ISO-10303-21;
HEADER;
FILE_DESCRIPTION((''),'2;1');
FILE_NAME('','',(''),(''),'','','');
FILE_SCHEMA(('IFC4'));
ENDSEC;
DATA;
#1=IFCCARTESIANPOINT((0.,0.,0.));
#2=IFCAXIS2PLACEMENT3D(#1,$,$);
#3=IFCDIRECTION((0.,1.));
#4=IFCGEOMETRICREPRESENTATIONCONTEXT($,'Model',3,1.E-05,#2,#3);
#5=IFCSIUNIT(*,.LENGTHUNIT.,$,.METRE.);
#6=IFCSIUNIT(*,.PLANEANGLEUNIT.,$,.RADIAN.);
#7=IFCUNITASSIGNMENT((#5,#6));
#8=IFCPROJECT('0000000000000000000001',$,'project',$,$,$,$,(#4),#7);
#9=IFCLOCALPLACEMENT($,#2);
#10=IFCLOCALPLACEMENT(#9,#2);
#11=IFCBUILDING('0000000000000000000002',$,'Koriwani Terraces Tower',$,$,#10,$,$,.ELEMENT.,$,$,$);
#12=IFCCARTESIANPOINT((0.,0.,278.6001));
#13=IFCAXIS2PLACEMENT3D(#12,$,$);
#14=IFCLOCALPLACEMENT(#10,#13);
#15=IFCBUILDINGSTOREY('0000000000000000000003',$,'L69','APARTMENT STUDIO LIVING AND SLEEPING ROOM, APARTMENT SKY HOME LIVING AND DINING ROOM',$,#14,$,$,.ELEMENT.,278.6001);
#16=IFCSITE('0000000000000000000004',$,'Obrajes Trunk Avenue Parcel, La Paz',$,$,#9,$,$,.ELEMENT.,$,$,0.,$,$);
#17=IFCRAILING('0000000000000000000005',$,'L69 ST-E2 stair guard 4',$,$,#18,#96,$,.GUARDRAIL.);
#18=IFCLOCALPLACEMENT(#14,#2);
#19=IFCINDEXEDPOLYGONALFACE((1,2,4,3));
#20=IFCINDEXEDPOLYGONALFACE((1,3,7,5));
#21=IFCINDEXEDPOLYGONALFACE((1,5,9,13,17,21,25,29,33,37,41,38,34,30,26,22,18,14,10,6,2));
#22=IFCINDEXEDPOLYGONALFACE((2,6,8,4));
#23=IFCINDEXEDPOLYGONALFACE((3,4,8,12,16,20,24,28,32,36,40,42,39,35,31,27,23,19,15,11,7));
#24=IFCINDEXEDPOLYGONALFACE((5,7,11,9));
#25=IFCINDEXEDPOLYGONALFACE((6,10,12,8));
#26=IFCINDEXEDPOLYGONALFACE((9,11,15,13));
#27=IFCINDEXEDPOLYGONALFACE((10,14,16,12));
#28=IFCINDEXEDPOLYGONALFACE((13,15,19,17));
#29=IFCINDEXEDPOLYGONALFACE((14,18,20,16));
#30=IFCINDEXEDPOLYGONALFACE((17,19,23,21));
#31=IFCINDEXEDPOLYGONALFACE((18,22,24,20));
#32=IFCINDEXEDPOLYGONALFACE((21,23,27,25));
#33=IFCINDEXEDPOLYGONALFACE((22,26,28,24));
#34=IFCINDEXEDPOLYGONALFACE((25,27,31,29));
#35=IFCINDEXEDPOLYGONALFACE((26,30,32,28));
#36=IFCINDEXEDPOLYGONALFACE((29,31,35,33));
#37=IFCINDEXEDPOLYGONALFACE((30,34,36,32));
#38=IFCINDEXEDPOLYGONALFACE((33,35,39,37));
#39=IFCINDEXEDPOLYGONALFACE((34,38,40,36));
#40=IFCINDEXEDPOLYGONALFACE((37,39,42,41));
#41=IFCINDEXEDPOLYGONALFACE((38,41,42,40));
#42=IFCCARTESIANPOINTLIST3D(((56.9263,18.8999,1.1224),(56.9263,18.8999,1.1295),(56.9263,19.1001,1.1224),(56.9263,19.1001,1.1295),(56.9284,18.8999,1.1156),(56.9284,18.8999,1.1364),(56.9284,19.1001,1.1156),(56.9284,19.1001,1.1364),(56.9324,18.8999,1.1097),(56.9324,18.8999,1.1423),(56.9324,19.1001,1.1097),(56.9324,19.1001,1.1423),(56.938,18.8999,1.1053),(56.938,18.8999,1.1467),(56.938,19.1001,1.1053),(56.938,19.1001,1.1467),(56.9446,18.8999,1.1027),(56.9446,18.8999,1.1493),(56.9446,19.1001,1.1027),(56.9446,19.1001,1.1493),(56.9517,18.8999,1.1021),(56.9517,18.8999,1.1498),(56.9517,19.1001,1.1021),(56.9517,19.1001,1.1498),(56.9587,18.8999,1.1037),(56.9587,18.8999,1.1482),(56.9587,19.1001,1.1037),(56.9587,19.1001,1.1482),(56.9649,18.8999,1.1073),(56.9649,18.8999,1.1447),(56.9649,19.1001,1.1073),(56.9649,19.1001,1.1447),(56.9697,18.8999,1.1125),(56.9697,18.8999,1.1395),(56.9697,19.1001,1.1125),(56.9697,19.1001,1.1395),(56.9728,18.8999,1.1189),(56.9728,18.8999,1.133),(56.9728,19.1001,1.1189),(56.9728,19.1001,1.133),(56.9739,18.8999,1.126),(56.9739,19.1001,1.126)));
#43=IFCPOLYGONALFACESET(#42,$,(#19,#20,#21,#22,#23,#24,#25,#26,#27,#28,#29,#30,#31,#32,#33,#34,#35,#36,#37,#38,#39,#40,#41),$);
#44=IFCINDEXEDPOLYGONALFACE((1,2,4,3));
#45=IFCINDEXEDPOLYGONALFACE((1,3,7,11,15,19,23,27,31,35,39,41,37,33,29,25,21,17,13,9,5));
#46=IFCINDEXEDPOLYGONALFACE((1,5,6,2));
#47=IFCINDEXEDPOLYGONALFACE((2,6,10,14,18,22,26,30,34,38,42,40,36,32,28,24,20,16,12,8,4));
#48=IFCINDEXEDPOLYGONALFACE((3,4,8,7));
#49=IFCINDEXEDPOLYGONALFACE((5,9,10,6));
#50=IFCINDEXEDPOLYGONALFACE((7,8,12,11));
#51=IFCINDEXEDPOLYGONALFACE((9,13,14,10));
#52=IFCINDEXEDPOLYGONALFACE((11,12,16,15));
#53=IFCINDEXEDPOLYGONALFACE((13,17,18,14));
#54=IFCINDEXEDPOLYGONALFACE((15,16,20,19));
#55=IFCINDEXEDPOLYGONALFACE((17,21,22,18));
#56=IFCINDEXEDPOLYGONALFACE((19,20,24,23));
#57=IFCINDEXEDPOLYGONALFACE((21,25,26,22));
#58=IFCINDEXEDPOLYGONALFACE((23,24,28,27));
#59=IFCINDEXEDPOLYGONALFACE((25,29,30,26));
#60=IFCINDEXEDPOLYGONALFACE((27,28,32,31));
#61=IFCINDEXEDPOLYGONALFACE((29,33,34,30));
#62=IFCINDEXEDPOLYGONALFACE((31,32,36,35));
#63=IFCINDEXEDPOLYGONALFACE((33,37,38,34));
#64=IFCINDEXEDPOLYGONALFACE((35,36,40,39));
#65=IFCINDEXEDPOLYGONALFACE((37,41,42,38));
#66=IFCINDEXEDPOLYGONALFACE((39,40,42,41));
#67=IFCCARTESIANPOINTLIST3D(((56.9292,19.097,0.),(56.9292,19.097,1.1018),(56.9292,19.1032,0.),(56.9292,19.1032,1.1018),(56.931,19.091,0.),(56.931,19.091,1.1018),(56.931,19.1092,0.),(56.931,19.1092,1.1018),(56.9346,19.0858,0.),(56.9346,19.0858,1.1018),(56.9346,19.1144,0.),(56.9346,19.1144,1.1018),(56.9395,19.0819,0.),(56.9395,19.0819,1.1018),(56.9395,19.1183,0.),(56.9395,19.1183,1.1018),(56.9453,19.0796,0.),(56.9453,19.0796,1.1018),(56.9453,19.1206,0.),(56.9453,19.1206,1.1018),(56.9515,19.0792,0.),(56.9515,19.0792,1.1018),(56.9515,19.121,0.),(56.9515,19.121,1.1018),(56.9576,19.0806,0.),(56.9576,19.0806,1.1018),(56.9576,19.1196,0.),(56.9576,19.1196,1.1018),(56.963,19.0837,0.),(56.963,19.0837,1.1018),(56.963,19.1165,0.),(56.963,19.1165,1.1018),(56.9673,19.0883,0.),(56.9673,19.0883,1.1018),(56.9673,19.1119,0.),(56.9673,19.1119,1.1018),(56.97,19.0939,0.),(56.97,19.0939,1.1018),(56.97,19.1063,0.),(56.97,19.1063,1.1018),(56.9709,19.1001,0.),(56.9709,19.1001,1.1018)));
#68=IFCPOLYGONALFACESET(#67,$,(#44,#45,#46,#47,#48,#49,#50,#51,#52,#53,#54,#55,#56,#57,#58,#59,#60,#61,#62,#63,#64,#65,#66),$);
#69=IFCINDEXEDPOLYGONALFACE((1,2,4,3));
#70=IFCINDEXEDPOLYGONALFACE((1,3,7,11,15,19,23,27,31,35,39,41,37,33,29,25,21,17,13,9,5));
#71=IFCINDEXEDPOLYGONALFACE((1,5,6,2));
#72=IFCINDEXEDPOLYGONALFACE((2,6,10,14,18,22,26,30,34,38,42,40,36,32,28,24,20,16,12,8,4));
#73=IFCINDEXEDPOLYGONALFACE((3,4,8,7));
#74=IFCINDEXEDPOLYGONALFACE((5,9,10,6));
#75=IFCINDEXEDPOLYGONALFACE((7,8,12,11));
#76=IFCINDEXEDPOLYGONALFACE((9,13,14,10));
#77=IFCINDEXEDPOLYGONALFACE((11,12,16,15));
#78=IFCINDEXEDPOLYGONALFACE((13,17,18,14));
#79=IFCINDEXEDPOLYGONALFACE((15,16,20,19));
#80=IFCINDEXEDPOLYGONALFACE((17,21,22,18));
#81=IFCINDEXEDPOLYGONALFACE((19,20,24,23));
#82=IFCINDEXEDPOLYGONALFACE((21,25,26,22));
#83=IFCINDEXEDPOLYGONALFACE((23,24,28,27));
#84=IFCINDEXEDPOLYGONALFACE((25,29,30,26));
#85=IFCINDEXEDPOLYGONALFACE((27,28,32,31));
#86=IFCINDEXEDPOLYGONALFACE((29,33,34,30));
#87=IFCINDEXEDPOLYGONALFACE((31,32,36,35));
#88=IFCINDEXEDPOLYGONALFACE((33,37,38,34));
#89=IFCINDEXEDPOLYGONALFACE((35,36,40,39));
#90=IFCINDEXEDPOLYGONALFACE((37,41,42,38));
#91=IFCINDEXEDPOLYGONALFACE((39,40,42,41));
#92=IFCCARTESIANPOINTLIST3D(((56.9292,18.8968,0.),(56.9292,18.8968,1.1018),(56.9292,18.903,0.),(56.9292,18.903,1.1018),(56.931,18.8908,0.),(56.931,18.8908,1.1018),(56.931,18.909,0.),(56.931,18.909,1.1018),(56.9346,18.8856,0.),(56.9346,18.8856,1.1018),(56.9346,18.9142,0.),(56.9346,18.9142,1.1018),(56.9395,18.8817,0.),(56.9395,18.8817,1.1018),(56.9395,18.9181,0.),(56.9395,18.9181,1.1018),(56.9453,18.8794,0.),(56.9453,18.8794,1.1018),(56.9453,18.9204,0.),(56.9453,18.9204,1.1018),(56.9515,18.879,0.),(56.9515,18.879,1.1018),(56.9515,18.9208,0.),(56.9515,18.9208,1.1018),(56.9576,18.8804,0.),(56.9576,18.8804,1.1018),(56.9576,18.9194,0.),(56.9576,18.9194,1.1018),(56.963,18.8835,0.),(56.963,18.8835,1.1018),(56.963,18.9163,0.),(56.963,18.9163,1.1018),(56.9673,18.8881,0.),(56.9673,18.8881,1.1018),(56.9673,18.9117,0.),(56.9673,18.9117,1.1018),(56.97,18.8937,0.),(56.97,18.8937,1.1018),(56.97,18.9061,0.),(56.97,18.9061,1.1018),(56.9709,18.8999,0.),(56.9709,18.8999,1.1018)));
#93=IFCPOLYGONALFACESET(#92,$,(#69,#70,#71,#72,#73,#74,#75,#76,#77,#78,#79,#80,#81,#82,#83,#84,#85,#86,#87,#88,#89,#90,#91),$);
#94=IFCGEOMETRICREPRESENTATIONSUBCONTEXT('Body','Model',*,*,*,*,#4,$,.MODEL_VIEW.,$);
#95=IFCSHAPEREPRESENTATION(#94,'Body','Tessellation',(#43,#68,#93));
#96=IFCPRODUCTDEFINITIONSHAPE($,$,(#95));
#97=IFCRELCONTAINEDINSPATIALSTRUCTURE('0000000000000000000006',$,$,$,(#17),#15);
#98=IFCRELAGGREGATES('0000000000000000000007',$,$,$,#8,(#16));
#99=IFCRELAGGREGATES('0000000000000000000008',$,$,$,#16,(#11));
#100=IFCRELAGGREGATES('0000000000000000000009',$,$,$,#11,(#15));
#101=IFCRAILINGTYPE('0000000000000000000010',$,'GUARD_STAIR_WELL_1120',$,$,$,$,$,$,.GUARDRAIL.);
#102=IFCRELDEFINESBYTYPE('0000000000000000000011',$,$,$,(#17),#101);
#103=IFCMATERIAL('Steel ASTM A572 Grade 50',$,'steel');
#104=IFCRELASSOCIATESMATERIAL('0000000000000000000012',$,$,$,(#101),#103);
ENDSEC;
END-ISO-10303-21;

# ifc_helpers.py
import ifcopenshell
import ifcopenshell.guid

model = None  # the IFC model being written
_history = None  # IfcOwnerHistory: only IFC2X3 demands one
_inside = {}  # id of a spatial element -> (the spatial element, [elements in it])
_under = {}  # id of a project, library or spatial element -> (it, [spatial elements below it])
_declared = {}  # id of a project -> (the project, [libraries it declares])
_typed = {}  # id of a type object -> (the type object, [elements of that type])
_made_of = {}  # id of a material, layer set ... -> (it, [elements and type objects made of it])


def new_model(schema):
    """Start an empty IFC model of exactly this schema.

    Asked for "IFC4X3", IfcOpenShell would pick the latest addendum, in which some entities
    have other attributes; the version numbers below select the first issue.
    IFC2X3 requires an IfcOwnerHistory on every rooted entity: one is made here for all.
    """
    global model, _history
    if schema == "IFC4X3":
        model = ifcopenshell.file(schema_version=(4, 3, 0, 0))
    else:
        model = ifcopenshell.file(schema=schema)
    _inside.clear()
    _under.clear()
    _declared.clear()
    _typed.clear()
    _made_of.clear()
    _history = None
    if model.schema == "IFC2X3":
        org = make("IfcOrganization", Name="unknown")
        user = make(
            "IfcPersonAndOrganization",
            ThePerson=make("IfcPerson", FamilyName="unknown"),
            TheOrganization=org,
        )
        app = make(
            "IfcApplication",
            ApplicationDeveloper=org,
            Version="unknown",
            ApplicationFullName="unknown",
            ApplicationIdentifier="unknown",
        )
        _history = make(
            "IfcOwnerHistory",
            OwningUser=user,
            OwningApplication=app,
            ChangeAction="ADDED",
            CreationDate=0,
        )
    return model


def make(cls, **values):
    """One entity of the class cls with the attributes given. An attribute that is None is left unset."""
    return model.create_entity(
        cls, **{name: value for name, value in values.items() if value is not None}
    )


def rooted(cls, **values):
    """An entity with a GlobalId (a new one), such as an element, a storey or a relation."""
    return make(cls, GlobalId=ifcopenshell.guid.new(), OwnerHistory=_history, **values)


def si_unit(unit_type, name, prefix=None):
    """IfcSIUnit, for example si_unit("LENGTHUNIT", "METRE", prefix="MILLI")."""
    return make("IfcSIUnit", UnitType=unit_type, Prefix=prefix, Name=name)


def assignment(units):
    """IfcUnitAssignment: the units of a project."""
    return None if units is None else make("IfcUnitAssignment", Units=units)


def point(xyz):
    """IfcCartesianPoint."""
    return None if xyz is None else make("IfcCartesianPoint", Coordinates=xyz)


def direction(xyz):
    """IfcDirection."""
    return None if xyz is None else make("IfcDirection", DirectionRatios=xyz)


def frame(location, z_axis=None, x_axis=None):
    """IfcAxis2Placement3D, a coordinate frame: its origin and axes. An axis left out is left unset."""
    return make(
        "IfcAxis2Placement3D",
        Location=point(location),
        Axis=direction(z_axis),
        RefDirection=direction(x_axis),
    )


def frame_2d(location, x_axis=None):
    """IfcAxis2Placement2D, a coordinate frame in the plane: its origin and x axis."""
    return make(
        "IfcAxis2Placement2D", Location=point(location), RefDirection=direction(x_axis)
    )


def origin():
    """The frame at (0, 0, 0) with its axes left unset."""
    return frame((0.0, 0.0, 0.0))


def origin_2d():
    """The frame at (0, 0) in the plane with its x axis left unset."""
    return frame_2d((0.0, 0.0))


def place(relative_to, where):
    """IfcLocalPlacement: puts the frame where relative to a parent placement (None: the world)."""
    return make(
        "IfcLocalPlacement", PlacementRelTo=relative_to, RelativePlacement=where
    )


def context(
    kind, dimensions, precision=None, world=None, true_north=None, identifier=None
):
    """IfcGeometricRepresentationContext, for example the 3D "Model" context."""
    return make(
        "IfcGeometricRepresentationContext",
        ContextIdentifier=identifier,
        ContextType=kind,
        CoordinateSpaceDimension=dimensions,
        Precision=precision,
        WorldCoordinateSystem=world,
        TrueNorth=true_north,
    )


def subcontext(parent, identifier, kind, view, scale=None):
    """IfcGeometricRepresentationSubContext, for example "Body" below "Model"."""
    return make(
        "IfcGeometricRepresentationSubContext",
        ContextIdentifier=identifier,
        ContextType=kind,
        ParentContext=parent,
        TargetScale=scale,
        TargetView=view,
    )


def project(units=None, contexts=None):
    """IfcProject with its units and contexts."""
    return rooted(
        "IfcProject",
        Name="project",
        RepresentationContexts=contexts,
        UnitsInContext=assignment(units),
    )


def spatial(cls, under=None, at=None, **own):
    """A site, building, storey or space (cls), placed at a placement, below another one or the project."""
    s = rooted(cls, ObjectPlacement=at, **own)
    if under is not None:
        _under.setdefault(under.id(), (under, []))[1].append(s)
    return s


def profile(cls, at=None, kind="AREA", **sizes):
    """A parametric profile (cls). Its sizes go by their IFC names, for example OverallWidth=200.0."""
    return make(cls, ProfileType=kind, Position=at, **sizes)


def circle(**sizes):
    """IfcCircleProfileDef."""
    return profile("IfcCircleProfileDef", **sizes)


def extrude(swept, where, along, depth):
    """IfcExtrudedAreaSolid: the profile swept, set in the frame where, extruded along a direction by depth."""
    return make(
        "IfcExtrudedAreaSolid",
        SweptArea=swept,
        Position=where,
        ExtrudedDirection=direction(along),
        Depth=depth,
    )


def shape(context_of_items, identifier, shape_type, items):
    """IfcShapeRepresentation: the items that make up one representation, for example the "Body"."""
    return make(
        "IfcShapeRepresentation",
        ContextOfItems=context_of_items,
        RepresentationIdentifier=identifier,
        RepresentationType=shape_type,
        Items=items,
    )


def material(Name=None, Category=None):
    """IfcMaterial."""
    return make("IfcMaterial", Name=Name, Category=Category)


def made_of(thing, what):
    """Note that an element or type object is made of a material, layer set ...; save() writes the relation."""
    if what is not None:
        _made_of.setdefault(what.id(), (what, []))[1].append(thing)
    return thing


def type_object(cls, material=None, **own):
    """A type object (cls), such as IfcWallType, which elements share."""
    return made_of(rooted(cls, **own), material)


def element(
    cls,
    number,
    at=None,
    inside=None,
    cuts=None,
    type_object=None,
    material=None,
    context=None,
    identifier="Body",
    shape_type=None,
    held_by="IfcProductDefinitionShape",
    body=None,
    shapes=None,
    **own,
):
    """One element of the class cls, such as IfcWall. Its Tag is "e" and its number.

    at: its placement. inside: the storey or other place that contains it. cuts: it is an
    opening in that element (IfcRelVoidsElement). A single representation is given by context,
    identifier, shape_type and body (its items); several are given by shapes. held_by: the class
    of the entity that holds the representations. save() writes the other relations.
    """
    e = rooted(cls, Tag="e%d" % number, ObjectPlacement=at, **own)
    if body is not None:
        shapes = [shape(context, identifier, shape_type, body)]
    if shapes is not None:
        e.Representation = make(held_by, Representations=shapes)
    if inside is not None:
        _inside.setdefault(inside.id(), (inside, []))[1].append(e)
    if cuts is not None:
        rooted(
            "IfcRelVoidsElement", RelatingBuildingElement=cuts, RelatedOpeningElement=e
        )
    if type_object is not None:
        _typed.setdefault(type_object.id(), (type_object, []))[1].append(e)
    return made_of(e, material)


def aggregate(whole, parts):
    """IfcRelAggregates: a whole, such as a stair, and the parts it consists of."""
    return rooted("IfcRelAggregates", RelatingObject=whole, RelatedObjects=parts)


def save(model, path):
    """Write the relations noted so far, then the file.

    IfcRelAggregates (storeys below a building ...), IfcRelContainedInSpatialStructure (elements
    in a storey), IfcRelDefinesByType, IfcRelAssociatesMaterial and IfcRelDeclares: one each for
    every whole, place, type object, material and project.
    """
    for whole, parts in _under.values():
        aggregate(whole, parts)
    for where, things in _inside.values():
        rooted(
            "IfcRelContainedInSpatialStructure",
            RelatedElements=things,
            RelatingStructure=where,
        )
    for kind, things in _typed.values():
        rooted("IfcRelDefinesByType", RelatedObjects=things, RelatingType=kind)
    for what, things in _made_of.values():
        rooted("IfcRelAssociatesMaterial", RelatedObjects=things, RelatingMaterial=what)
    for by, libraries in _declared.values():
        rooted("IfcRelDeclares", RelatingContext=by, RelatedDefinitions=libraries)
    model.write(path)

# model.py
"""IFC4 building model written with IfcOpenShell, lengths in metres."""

from ifc_helpers import new_model, si_unit, direction, frame, origin, origin_2d, place, context, subcontext, project, spatial, circle, extrude, material, type_object, element, save


model = new_model("IFC4")

# Units and contexts
model_context = context("Model", 3, precision=1e-05, world=origin(), true_north=direction((0.0, 1.0)))
body_context = subcontext(model_context, "Body", "Model", "MODEL_VIEW")
ifc_project = project(units=[si_unit("LENGTHUNIT", "METRE"), si_unit("PLANEANGLEUNIT", "RADIAN")], contexts=[model_context])

# Site, building, storey
site_placement = place(None, origin())
site = spatial("IfcSite", under=ifc_project, at=site_placement, Name="Obrajes Trunk Avenue Parcel, La Paz", CompositionType="ELEMENT", RefElevation=0.0)
building_placement = place(site_placement, origin())
building = spatial("IfcBuilding", under=site, at=building_placement, Name="Koriwani Terraces Tower", CompositionType="ELEMENT")
storey_placement = place(building_placement, frame((0.0, 0.0, 278.6001)))
storey = spatial("IfcBuildingStorey", under=building, at=storey_placement, Name="L69", Description="APARTMENT STUDIO LIVING AND SLEEPING ROOM, APARTMENT SKY HOME LIVING AND DINING ROOM", CompositionType="ELEMENT", Elevation=278.6001)

# Shared definitions
ifc_material_1 = material(Name="Steel ASTM A572 Grade 50", Category="steel")

# Railing
railing_type_1 = type_object("IfcRailingType", Name="GUARD_STAIR_WELL_1120", PredefinedType="GUARDRAIL", material=ifc_material_1)
railing_1_placement = place(storey_placement, frame((56.95, 19.1001, 0.0)))
element("IfcRailing", 1, at=railing_1_placement, inside=storey, type_object=railing_type_1, Name="L69 ST-E2 stair guard 4", PredefinedType="GUARDRAIL", context=body_context, shape_type="SweptSolid", body=[
    extrude(circle(Radius=0.0239, at=origin_2d()), frame((0.0, 0.0, 1.126), z_axis=(0.0, -1.0, 0.0), x_axis=(1.0, 0.0, 0.0)), (0.0, 0.0, 1.0), 0.2002),
    extrude(circle(Radius=0.021, at=origin_2d()), origin(), (0.0, 0.0, 1.0), 1.1018),
    extrude(circle(Radius=0.021, at=origin_2d()), frame((0.0, -0.2002, 0.0)), (0.0, 0.0, 1.0), 1.1018),
])

save(model, "model.ifc")
